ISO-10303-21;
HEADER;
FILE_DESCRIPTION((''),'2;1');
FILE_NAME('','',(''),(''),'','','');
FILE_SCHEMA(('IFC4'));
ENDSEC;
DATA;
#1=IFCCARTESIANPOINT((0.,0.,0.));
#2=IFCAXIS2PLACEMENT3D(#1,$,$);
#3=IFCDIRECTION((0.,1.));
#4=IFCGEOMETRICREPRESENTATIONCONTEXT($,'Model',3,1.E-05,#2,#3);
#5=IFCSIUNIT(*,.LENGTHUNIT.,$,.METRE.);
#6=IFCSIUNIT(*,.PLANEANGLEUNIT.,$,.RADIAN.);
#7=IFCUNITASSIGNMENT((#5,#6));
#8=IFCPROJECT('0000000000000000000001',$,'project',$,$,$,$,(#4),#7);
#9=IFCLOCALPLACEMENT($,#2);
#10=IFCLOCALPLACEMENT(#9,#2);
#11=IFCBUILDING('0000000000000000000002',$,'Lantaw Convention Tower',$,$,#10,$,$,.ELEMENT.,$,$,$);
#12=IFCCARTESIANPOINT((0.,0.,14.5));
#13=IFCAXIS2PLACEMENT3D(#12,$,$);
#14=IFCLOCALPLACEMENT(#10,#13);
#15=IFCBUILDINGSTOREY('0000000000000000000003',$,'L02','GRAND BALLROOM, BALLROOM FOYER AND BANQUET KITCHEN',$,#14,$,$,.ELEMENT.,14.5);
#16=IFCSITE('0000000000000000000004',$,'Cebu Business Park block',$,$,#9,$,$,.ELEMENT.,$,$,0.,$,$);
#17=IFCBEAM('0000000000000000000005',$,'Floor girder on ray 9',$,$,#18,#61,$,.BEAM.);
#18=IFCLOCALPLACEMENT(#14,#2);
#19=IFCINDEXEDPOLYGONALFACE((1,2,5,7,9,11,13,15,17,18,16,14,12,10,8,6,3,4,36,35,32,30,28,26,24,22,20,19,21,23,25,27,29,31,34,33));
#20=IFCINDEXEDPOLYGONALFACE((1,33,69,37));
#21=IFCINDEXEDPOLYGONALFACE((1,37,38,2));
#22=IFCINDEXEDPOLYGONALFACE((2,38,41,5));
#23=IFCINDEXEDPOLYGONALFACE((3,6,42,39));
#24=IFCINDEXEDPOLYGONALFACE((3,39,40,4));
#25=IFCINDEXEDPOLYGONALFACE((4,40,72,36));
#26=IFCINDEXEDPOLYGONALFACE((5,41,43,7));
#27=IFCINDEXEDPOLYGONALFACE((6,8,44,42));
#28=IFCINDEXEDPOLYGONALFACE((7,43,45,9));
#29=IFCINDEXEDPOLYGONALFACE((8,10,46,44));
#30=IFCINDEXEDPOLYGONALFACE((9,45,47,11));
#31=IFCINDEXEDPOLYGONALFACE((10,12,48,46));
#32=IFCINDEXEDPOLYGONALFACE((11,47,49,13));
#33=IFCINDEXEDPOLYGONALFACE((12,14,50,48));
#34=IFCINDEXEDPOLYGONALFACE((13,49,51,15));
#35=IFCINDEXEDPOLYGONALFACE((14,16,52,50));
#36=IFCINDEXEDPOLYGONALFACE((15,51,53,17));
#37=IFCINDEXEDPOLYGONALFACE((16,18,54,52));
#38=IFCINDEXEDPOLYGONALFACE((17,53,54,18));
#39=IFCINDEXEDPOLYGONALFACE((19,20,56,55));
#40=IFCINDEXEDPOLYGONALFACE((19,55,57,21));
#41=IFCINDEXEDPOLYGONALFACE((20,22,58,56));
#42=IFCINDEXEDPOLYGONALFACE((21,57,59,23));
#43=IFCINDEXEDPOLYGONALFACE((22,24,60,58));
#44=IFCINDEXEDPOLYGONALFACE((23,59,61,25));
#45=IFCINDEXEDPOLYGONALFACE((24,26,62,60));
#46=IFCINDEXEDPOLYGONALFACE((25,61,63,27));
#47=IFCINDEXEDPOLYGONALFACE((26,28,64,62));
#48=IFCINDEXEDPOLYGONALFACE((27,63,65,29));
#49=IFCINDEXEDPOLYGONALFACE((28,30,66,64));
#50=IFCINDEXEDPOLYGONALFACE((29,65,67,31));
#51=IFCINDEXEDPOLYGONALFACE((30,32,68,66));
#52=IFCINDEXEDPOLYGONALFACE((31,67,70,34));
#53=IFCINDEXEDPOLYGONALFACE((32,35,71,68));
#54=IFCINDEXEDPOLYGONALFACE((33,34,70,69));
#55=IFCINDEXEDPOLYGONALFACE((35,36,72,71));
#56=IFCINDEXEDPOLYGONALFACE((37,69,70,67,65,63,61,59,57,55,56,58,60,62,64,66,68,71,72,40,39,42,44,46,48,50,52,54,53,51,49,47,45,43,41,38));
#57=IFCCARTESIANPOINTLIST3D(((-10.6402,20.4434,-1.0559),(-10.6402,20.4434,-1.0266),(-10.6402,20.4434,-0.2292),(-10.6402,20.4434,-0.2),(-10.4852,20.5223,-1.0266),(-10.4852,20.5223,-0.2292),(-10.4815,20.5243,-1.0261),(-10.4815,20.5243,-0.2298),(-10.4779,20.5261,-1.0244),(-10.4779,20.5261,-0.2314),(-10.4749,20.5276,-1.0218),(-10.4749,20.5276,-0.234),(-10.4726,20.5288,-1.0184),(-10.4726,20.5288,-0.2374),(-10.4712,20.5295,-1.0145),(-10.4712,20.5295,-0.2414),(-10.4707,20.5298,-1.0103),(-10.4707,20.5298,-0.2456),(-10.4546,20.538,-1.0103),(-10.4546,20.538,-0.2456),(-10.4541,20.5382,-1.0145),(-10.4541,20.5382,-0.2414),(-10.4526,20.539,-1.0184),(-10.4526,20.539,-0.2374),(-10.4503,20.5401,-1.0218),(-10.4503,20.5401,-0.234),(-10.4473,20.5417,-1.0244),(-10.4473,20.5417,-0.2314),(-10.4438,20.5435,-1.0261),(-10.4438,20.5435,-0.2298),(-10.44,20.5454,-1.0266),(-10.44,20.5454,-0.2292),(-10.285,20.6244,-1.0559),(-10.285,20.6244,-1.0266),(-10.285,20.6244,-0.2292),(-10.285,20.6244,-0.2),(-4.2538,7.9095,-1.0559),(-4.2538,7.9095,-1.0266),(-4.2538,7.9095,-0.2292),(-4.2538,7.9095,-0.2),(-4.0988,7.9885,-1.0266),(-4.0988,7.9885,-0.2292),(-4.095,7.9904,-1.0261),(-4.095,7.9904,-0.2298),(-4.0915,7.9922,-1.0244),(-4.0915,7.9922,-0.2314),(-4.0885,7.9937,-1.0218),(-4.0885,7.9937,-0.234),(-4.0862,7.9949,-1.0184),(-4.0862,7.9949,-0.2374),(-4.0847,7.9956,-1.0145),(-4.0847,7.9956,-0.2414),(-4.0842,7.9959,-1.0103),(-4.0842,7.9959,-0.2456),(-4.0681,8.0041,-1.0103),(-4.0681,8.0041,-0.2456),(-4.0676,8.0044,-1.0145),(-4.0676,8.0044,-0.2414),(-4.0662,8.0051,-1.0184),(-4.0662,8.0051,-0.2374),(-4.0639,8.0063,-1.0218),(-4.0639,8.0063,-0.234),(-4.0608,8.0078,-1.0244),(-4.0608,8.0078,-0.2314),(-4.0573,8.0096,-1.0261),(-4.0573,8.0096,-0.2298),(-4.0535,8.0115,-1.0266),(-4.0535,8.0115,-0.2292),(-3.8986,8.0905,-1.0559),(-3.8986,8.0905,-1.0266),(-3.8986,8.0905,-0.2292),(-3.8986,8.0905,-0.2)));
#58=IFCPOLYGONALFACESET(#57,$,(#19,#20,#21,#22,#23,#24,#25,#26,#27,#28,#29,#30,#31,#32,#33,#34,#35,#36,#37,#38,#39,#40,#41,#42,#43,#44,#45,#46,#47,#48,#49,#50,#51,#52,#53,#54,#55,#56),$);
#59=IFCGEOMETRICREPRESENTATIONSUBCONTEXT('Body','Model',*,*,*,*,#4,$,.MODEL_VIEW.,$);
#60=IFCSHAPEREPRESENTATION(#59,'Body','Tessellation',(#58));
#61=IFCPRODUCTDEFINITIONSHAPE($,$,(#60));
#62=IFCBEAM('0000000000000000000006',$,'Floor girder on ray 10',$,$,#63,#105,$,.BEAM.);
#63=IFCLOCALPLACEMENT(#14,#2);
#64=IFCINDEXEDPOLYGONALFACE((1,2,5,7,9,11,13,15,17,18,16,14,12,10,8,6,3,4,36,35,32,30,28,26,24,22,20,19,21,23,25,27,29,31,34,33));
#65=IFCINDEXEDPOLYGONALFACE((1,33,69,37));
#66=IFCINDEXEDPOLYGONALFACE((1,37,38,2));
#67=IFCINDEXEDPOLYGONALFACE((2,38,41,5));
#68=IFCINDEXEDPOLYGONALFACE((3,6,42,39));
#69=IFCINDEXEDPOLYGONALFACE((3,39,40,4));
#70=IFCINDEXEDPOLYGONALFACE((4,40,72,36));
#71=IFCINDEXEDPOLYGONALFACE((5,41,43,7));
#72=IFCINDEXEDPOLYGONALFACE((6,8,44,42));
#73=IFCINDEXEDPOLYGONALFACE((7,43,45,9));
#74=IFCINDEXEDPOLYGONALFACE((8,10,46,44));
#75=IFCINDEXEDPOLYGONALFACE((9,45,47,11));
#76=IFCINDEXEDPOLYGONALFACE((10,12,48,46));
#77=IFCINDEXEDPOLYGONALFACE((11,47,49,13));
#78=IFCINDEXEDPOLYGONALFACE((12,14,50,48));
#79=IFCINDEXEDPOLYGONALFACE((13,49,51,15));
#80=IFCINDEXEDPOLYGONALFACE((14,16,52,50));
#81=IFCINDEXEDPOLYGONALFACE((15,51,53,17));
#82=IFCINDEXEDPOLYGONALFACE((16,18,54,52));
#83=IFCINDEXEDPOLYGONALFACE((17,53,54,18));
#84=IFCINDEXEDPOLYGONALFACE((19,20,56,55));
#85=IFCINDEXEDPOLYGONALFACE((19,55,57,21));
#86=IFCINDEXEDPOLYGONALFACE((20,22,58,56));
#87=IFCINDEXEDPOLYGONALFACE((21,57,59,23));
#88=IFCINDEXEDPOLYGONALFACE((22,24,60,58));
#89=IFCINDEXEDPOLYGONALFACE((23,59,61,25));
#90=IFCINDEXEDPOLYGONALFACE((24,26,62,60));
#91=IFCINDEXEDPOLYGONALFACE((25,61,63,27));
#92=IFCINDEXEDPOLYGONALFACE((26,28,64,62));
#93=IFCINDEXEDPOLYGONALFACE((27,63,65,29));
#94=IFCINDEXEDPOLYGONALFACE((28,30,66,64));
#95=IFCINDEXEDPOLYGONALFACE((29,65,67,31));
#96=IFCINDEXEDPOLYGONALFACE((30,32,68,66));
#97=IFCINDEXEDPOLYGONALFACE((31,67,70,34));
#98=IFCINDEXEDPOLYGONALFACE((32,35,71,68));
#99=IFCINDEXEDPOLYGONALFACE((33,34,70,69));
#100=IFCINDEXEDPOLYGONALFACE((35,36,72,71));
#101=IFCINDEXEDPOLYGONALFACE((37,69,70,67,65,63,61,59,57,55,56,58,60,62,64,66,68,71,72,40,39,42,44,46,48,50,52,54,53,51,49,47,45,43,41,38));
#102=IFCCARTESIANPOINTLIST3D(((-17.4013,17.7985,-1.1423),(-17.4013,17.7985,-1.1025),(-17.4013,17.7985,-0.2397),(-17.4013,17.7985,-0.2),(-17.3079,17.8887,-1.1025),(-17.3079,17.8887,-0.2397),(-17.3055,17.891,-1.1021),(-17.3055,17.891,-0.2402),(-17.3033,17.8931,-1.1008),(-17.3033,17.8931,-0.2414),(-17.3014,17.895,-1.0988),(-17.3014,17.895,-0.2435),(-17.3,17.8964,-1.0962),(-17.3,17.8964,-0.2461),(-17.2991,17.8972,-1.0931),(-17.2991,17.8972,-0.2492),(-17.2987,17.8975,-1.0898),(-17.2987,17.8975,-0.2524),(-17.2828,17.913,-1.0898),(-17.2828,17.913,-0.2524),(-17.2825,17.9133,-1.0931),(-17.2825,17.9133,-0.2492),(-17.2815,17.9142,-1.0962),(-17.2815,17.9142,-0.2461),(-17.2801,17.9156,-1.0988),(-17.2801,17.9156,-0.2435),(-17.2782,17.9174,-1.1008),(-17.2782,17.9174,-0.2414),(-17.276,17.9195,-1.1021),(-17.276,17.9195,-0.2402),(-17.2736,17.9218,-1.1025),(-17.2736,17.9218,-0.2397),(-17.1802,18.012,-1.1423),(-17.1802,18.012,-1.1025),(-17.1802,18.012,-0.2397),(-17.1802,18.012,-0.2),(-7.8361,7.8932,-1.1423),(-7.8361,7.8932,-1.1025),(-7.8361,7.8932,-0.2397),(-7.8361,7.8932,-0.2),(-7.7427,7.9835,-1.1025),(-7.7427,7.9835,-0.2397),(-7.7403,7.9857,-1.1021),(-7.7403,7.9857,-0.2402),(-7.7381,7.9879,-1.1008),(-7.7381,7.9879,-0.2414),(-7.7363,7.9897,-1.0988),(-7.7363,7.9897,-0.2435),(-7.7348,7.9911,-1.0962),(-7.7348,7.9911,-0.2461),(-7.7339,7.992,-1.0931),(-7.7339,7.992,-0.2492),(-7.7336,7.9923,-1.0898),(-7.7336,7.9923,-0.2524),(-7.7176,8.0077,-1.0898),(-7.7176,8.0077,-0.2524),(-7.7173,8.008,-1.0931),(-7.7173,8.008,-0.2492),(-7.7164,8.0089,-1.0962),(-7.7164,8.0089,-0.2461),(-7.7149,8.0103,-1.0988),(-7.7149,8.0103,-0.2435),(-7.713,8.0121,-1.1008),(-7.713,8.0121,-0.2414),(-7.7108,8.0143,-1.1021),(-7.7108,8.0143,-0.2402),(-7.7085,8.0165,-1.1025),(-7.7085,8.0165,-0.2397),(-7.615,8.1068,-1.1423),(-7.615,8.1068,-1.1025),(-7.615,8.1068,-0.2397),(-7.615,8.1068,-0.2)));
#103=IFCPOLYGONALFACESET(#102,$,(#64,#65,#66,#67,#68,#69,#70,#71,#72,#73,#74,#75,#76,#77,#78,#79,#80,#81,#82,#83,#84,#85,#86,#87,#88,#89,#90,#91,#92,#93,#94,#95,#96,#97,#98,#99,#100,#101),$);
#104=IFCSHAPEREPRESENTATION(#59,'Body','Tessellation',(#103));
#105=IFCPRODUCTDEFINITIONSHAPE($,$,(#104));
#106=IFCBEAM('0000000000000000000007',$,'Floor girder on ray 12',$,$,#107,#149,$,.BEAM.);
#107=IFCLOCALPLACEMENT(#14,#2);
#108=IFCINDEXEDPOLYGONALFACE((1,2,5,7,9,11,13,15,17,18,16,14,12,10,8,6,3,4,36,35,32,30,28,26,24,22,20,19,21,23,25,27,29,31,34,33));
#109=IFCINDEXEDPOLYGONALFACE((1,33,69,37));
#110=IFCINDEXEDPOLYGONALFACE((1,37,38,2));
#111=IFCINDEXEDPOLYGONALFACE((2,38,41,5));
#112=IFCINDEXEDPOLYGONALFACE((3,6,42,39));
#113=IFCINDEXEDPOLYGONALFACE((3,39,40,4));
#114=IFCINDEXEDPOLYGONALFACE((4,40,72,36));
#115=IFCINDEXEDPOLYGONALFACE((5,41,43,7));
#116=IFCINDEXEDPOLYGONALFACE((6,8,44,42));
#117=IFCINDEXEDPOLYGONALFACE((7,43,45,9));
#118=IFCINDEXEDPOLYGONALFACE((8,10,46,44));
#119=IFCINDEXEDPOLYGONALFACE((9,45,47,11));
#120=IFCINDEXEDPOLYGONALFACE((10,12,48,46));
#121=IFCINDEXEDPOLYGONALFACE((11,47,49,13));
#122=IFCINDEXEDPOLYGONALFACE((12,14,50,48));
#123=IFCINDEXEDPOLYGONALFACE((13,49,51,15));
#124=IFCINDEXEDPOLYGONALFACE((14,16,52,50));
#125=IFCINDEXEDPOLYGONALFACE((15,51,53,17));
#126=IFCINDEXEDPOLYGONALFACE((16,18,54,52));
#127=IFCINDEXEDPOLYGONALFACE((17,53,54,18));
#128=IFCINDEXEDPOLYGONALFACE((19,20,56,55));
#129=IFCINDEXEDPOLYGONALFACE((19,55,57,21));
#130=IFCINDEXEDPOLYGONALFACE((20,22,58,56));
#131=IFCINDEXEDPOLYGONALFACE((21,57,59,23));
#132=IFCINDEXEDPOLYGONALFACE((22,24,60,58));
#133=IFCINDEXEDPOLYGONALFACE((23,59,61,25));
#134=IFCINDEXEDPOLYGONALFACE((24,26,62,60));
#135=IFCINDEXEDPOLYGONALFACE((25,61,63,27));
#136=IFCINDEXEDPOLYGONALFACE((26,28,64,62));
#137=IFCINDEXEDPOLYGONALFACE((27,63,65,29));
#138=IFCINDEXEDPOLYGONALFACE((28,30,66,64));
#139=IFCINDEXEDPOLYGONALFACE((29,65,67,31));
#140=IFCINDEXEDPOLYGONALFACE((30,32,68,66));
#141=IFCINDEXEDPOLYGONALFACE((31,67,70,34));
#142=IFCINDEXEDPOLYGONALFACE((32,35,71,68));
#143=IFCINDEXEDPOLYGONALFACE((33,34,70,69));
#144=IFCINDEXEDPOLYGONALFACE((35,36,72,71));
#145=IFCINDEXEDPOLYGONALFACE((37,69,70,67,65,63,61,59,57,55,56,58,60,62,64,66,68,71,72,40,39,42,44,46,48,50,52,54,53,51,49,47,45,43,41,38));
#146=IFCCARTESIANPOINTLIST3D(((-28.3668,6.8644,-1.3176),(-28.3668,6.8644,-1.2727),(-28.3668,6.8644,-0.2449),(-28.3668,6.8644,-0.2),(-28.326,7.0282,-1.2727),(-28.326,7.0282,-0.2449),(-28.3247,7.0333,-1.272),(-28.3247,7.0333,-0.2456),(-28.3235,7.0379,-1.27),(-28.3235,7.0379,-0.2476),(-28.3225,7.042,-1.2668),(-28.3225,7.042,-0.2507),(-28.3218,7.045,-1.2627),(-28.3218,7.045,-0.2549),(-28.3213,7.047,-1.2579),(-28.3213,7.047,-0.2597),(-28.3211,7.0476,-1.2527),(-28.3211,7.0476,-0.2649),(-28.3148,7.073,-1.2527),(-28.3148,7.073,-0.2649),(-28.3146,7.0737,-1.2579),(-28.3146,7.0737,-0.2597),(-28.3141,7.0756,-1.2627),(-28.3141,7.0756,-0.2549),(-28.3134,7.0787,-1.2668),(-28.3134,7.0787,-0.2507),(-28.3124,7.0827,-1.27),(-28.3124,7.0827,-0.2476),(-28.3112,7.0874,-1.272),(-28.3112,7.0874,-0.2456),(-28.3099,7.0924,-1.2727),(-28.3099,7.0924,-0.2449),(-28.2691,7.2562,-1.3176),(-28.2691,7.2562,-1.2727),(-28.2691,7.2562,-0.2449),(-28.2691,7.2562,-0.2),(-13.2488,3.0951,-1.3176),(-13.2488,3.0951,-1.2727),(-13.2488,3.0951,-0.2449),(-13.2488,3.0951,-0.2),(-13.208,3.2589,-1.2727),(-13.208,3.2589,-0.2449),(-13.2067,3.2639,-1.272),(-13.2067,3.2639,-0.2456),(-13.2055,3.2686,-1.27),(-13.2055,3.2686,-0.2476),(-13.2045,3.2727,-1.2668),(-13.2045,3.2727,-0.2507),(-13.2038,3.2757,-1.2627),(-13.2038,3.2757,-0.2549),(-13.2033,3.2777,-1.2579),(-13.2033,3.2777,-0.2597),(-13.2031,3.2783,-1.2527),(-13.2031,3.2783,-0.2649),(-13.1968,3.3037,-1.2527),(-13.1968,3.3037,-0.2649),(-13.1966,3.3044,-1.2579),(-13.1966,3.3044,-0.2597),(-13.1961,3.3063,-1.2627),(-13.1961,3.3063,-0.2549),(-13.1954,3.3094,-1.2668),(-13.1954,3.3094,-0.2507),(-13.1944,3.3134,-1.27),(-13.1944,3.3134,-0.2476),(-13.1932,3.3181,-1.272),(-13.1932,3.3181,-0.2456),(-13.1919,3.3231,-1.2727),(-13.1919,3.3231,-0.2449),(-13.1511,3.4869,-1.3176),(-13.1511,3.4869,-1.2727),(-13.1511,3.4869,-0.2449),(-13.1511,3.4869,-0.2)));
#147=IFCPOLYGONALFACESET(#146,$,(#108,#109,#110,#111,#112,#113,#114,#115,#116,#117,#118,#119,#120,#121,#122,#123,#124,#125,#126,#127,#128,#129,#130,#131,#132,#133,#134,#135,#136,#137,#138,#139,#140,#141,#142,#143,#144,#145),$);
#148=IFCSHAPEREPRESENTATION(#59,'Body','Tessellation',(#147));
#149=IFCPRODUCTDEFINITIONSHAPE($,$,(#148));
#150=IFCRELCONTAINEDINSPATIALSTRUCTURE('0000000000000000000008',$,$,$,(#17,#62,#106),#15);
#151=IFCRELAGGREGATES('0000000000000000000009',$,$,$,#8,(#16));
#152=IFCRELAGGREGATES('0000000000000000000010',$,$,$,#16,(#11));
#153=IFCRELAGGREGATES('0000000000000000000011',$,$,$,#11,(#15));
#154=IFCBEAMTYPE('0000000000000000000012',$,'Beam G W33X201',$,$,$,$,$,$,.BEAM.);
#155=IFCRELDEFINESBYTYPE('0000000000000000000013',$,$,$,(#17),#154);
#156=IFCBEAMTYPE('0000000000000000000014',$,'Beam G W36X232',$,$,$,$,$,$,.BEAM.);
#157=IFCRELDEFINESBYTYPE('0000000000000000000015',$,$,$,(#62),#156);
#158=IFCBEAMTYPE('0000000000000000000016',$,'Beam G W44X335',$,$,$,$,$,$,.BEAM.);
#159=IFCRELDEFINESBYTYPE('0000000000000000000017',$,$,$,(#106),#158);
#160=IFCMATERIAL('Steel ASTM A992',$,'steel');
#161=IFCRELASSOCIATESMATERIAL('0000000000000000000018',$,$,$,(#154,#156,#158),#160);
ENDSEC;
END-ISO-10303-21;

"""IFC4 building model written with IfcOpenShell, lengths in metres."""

from ifc_helpers import new_model, si_unit, direction, frame, origin, origin_2d, place, context, subcontext, project, spatial, i_section, extrude, material, material_profile, profile_set, type_object, element, save


model = new_model("IFC4")

# Units and contexts
model_context = context("Model", 3, precision=1e-05, world=origin(), true_north=direction((0.0, 1.0)))
body_context = subcontext(model_context, "Body", "Model", "MODEL_VIEW")
ifc_project = project(units=[si_unit("LENGTHUNIT", "METRE"), si_unit("PLANEANGLEUNIT", "RADIAN")], contexts=[model_context])

# Site, building, storey
site_placement = place(None, origin())
site = spatial("IfcSite", under=ifc_project, at=site_placement, Name="Cebu Business Park block", CompositionType="ELEMENT", RefElevation=0.0)
building_placement = place(site_placement, origin())
building = spatial("IfcBuilding", under=site, at=building_placement, Name="Lantaw Convention Tower", CompositionType="ELEMENT")
storey_placement = place(building_placement, frame((0.0, 0.0, 14.5)))
storey = spatial("IfcBuildingStorey", under=building, at=storey_placement, Name="L02", Description="GRAND BALLROOM, BALLROOM FOYER AND BANQUET KITCHEN", CompositionType="ELEMENT", Elevation=14.5)

# Beams
ifc_material_1 = material(Name="Steel ASTM A992", Category="steel")
ifc_material_profile_1 = material_profile(ifc_material_1, i_section(OverallWidth=0.3987, OverallDepth=0.856, WebThickness=0.0181, FlangeThickness=0.0293, FilletRadius=0.0164, at=origin_2d()), Name="W33X201")
ifc_profile_set_1 = profile_set([ifc_material_profile_1], Name="Steel ASTM A992")
beam_type_1 = type_object("IfcBeamType", Name="Beam G W33X201", PredefinedType="BEAM", material=ifc_profile_set_1)
beam_1_placement = place(storey_placement, frame((-4.0762, 8.0, -0.6279), z_axis=(-0.453997, 0.891003, 0.0), x_axis=(-0.891003, -0.453997, 0.0)))
element("IfcBeam", 1, at=beam_1_placement, inside=storey, type_object=beam_type_1, Name="Floor girder on ray 9", PredefinedType="BEAM", context=body_context, shape_type="SweptSolid", body=[
    extrude(i_section(OverallWidth=0.3987, OverallDepth=0.856, WebThickness=0.0181, FlangeThickness=0.0293, FilletRadius=0.0164, at=origin_2d()), origin(), (0.0, 0.0, 1.0), 14.0671),
])
ifc_material_profile_2 = material_profile(ifc_material_1, i_section(OverallWidth=0.3074, OverallDepth=0.9424, WebThickness=0.0222, FlangeThickness=0.0398, FilletRadius=0.0127, at=origin_2d()), Name="W36X232")
ifc_profile_set_2 = profile_set([ifc_material_profile_2], Name="Steel ASTM A992")
beam_type_2 = type_object("IfcBeamType", Name="Beam G W36X232", PredefinedType="BEAM", material=ifc_profile_set_2)
beam_2_placement = place(storey_placement, frame((-7.7256, 8.0, -0.6711), z_axis=(-0.69465, 0.719348, 0.0), x_axis=(-0.719348, -0.69465, 0.0)))
element("IfcBeam", 2, at=beam_2_placement, inside=storey, type_object=beam_type_2, Name="Floor girder on ray 10", PredefinedType="BEAM", context=body_context, shape_type="SweptSolid", body=[
    extrude(i_section(OverallWidth=0.3074, OverallDepth=0.9424, WebThickness=0.0222, FlangeThickness=0.0398, FilletRadius=0.0127, at=origin_2d()), origin(), (0.0, 0.0, 1.0), 13.7698),
])
ifc_material_profile_3 = material_profile(ifc_material_1, i_section(OverallWidth=0.4038, OverallDepth=1.1177, WebThickness=0.0261, FlangeThickness=0.0449, FilletRadius=0.02, at=origin_2d()), Name="W44X335")
ifc_profile_set_3 = profile_set([ifc_material_profile_3], Name="Steel ASTM A992")
beam_type_3 = type_object("IfcBeamType", Name="Beam G W44X335", PredefinedType="BEAM", material=ifc_profile_set_3)
beam_3_placement = place(storey_placement, frame((-13.2, 3.291, -0.7588), z_axis=(-0.970296, 0.24192, 0.0), x_axis=(-0.24192, -0.970296, 0.0)))
element("IfcBeam", 3, at=beam_3_placement, inside=storey, type_object=beam_type_3, Name="Floor girder on ray 12", PredefinedType="BEAM", context=body_context, shape_type="SweptSolid", body=[
    extrude(i_section(OverallWidth=0.4038, OverallDepth=1.1177, WebThickness=0.0261, FlangeThickness=0.0449, FilletRadius=0.02, at=origin_2d()), origin(), (0.0, 0.0, 1.0), 15.5808),
])

save(model, "model.ifc")
